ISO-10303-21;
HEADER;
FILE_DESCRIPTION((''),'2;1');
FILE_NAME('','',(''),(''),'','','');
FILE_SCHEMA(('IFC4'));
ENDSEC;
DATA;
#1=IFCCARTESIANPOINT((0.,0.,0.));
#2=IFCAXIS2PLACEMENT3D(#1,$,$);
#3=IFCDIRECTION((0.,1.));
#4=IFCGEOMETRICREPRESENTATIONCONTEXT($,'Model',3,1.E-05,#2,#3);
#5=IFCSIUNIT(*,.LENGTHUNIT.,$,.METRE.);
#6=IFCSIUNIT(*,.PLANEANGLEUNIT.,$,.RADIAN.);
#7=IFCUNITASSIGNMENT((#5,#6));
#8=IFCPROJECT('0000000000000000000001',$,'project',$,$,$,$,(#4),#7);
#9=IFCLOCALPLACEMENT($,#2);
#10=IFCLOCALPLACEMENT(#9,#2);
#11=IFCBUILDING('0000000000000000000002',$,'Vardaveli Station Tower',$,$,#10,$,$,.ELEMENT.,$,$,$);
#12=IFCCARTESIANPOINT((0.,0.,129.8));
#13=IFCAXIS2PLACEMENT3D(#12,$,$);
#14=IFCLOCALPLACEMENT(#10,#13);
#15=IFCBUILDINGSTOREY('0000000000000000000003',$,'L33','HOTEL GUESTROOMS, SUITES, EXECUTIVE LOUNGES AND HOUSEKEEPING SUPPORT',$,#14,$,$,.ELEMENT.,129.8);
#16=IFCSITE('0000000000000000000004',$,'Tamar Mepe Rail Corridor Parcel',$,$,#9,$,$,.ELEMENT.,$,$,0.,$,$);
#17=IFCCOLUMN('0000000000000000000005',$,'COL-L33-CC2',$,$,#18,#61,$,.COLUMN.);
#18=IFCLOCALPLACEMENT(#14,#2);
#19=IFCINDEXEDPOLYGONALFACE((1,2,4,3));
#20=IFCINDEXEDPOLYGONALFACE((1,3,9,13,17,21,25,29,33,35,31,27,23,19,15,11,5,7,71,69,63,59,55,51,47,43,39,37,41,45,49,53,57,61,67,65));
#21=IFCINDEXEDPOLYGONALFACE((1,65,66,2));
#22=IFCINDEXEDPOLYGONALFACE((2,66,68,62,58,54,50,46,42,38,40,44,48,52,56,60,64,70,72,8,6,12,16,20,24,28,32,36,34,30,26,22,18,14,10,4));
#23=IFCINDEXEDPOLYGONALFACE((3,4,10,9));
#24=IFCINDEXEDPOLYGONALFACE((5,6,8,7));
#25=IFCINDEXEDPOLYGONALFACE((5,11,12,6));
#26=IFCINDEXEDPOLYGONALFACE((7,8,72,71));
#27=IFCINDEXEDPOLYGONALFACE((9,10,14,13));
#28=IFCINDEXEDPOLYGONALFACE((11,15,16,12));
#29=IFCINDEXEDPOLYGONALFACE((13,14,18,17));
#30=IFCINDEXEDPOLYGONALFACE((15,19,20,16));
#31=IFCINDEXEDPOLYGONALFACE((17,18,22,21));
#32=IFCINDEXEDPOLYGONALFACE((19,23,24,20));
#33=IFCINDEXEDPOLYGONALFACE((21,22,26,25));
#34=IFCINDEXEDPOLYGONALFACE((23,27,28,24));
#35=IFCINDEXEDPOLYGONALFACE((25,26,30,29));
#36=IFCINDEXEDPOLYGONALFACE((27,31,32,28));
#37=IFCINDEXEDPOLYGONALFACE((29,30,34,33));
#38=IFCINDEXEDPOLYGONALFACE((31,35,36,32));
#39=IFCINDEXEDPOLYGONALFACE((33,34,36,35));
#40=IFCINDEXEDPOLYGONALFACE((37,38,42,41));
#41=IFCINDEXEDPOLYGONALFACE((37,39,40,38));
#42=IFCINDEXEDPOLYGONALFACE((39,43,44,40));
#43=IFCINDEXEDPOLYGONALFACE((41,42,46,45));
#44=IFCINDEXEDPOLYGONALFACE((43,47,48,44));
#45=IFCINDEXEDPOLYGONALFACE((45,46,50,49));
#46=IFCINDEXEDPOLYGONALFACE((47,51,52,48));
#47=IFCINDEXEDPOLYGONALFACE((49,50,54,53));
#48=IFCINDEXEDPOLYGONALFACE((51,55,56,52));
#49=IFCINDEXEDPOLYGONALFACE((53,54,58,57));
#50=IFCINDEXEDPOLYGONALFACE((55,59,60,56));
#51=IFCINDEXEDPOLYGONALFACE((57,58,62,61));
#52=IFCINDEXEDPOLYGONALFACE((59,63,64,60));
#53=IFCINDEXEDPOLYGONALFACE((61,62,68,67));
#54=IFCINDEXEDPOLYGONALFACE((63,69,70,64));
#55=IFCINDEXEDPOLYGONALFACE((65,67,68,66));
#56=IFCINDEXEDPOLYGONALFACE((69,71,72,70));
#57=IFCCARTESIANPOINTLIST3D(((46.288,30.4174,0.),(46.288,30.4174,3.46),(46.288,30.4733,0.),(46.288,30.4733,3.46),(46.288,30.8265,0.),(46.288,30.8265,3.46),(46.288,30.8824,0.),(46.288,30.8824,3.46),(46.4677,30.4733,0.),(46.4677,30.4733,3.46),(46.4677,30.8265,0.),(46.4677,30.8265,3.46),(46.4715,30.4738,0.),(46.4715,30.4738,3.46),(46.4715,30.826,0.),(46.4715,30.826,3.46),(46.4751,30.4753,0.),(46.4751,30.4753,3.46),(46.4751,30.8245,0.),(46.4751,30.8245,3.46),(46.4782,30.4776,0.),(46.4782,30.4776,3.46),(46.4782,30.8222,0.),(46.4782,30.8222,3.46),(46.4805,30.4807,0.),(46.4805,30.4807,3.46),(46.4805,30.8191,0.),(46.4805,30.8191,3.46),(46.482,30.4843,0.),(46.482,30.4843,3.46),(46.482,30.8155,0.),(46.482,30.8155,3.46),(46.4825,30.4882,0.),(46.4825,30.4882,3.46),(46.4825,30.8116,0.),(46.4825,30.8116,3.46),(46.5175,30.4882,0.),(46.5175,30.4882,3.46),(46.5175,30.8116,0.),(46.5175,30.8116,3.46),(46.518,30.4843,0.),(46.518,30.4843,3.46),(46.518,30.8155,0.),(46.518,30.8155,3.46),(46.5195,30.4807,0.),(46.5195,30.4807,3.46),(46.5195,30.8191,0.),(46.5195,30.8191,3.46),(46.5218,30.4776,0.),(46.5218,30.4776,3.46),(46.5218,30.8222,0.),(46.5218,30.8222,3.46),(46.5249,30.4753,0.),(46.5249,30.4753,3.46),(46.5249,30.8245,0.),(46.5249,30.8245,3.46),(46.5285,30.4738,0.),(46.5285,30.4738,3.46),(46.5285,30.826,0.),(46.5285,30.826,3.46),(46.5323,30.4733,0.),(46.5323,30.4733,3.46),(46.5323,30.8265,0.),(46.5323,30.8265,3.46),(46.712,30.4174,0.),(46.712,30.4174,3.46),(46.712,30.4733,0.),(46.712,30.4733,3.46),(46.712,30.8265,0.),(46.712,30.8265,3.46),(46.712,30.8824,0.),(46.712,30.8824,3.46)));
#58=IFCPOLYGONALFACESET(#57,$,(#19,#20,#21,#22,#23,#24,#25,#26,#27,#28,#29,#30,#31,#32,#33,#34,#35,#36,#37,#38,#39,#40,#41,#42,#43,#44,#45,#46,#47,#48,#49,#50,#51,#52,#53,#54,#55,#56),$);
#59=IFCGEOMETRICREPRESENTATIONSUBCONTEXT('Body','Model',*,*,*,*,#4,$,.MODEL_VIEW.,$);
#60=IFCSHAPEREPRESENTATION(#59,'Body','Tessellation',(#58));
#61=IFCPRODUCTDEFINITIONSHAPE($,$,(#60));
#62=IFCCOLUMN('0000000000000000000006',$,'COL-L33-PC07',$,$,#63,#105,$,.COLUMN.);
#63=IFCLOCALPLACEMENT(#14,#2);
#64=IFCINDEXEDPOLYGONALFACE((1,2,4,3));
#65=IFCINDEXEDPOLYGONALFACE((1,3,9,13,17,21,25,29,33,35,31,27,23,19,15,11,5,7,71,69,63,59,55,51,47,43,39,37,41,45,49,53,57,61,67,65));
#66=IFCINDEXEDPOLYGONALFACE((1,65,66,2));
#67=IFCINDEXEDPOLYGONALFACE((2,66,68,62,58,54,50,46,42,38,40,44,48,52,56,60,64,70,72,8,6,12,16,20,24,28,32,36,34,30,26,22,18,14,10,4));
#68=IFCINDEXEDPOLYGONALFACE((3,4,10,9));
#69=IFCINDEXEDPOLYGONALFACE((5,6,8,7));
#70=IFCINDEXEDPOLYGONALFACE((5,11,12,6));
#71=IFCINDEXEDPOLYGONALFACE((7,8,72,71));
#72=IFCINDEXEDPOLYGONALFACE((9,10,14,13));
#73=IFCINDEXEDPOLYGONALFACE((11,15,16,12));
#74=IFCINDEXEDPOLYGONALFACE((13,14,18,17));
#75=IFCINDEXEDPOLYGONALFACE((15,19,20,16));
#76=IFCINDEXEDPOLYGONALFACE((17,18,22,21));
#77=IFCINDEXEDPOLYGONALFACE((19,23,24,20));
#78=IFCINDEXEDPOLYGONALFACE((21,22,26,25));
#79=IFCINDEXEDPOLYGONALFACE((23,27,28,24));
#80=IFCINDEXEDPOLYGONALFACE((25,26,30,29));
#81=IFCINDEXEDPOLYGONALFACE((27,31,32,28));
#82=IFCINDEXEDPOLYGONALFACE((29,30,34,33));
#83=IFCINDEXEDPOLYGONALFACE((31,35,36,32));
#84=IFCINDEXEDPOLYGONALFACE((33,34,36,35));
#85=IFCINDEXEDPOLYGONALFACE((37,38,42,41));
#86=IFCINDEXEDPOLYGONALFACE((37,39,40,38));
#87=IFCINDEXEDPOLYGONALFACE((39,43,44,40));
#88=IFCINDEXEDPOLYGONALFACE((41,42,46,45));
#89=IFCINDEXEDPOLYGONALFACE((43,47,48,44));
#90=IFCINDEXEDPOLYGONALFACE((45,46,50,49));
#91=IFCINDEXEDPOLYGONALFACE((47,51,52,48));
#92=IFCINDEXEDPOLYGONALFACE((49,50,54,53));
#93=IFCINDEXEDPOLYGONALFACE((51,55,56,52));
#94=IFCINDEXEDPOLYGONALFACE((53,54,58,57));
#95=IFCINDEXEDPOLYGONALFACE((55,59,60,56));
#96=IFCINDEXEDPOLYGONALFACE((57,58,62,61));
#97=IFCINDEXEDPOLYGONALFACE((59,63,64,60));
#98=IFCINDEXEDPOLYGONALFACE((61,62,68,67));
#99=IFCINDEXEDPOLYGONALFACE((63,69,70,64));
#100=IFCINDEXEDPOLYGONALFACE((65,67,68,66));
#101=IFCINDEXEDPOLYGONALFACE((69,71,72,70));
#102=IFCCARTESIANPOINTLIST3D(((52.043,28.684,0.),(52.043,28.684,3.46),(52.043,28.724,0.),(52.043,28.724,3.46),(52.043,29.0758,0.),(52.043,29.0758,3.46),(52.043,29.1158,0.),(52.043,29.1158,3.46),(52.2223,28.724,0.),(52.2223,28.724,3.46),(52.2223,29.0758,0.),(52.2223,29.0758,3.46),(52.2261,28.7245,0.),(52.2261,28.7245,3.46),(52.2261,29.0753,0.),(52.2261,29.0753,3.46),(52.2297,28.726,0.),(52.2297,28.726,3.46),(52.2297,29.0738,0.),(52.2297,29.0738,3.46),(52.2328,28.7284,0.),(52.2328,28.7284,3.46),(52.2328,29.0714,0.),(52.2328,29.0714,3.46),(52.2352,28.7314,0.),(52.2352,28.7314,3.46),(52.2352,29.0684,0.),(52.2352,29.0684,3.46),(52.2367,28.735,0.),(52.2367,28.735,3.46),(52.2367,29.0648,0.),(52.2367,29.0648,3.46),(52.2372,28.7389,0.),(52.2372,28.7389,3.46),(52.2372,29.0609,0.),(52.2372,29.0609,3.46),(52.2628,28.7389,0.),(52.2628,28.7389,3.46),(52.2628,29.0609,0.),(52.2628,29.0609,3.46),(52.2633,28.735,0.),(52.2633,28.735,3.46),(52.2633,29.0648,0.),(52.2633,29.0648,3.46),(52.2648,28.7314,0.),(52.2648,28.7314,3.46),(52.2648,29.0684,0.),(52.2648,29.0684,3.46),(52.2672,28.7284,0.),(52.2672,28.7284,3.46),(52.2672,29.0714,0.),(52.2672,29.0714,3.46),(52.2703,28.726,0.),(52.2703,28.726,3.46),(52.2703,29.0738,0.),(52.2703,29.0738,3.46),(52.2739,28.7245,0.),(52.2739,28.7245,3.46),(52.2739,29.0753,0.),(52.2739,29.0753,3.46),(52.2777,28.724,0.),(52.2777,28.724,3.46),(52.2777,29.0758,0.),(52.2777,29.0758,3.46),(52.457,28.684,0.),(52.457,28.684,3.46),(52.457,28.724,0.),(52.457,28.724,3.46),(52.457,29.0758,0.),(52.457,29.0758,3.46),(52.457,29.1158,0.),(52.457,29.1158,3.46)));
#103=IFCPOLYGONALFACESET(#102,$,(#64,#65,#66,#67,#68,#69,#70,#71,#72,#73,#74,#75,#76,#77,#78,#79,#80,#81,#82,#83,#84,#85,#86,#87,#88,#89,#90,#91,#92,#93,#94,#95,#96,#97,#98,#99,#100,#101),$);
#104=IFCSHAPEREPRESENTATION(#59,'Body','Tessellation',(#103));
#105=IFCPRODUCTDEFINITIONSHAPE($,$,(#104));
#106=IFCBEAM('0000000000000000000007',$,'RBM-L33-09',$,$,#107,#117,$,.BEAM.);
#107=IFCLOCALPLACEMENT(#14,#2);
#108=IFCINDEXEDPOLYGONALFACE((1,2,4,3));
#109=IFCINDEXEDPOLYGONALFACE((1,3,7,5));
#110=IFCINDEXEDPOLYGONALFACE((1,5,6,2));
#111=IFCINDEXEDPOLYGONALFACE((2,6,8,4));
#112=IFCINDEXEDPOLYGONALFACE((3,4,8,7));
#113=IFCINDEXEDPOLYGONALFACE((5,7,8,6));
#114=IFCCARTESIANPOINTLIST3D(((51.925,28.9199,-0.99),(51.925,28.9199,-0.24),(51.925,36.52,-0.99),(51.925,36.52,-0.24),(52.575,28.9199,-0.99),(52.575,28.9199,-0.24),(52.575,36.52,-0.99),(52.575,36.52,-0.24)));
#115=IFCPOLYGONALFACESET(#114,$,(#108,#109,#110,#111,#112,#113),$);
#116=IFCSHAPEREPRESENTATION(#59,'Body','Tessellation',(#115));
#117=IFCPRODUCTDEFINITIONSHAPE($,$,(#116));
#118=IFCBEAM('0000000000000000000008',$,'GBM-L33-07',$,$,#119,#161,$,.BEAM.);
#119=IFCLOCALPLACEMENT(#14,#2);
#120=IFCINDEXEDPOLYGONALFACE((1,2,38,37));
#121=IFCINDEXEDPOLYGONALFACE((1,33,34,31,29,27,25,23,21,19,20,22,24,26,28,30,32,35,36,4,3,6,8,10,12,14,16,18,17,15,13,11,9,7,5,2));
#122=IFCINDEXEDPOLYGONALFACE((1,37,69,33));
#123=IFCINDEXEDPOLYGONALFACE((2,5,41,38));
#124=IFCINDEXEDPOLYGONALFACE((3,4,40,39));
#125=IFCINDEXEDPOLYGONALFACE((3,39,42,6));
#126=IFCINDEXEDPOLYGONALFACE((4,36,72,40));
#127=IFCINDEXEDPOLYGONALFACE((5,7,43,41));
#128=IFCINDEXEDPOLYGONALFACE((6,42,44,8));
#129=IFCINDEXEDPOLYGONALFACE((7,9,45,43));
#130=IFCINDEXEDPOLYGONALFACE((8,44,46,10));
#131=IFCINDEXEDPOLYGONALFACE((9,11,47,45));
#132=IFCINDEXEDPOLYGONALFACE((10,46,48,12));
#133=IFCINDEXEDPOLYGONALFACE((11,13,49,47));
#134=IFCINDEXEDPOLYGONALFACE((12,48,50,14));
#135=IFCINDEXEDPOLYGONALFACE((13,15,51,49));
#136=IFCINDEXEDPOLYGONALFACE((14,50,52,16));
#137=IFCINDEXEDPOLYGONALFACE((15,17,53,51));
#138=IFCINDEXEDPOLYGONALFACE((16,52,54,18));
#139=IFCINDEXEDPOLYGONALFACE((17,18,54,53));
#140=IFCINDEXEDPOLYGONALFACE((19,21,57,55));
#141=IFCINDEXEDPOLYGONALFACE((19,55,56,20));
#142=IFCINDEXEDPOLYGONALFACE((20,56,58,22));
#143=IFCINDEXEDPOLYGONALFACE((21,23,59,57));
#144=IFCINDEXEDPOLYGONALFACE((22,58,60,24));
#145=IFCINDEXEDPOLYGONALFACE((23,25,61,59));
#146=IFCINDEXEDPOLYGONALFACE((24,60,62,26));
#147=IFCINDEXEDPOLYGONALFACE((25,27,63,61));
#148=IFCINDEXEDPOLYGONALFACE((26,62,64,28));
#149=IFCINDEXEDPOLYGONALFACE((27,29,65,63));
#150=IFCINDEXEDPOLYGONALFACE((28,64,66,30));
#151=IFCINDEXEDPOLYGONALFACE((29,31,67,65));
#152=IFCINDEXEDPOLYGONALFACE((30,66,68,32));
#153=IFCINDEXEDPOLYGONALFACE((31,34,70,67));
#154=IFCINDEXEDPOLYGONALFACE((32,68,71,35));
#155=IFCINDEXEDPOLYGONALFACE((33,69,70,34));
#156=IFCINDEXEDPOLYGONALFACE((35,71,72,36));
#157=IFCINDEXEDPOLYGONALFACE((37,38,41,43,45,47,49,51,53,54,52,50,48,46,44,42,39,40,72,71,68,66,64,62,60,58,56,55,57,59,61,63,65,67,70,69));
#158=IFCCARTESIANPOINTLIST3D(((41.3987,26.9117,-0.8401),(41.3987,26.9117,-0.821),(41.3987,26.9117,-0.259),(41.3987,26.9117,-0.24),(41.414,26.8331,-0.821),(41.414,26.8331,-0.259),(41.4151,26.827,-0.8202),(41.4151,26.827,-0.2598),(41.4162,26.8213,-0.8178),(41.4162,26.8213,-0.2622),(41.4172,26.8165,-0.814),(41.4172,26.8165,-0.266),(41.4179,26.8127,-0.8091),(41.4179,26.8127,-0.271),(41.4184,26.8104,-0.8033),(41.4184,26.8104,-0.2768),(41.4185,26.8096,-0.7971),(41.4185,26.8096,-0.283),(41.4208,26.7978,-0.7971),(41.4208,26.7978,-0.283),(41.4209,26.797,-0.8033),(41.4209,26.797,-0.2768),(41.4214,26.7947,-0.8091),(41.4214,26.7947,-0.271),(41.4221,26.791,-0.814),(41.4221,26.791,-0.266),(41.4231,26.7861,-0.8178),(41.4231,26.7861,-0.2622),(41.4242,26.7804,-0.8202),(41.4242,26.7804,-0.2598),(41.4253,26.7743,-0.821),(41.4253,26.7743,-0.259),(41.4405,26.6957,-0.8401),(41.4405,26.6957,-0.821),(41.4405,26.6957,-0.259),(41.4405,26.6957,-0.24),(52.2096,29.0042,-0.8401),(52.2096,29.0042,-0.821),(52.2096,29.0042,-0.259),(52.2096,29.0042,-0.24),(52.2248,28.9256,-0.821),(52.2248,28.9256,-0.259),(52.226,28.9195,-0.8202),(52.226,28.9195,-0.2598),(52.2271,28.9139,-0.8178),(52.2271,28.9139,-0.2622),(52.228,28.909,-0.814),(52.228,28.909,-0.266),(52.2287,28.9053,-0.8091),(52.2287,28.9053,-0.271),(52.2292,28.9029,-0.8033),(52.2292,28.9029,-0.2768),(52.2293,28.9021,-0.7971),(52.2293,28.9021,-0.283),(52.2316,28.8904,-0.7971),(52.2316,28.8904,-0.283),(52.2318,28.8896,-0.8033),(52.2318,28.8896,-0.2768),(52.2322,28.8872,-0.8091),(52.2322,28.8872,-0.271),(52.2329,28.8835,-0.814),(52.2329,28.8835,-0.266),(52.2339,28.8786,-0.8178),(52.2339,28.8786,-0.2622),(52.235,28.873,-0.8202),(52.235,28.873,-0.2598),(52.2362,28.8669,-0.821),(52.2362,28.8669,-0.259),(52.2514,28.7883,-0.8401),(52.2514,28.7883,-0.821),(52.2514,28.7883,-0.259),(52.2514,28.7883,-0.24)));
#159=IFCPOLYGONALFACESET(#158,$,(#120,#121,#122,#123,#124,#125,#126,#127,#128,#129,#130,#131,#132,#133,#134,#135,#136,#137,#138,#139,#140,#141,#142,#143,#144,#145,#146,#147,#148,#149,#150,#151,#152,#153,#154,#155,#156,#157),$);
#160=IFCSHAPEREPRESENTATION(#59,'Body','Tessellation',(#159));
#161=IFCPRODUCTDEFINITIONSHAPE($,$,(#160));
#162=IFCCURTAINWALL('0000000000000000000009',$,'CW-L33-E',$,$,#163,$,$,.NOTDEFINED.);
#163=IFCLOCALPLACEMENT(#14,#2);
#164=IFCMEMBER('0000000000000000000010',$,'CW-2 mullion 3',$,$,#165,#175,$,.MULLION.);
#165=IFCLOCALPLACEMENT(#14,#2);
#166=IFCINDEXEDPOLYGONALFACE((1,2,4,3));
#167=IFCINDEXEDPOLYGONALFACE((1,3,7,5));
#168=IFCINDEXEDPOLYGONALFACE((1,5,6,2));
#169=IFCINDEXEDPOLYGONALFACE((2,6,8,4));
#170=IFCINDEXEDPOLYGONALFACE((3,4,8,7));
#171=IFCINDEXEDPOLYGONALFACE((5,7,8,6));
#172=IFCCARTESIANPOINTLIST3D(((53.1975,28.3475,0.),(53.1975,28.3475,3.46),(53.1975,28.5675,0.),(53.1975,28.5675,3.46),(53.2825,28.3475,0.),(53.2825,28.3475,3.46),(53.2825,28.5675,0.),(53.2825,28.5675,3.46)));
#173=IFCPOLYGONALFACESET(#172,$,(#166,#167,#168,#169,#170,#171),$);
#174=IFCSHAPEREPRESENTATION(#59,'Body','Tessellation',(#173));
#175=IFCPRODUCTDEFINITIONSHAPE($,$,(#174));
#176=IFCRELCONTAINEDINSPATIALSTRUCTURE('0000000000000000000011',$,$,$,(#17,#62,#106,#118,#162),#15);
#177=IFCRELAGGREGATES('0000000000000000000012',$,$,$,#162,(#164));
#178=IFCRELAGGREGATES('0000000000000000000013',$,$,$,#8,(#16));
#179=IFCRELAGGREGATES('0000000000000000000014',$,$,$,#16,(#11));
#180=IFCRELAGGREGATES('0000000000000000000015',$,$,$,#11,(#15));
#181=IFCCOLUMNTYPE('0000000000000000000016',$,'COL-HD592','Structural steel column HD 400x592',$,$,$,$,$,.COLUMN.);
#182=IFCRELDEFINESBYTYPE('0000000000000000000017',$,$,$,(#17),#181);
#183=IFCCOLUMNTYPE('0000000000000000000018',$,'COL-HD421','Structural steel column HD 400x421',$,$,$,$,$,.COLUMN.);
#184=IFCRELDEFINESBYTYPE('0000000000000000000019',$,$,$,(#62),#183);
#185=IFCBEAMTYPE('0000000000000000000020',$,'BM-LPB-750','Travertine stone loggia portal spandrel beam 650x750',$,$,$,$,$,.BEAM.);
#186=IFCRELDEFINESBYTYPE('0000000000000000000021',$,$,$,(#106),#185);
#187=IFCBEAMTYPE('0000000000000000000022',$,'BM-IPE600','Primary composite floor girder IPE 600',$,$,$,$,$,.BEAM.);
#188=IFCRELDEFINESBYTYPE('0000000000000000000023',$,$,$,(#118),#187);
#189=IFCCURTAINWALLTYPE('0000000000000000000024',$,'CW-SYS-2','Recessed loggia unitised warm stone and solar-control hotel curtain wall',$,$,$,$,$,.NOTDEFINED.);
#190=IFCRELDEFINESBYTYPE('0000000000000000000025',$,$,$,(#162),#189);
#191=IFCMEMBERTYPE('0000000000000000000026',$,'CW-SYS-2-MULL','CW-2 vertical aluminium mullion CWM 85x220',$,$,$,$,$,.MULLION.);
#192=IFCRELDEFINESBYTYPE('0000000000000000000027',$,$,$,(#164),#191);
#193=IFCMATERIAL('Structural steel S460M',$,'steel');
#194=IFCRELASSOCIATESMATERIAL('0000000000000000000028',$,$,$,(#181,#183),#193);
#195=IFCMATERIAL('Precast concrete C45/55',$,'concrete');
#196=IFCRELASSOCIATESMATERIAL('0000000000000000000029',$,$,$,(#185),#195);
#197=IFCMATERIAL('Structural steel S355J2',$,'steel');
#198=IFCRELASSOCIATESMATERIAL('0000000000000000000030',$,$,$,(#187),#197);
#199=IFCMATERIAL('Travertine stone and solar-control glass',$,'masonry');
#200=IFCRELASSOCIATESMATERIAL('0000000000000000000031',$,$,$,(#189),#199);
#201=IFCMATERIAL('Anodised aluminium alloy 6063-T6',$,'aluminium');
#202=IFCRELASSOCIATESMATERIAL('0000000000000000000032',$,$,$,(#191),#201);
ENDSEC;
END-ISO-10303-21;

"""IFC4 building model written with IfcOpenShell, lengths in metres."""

from ifc_helpers import new_model, si_unit, direction, frame, origin, origin_2d, place, context, subcontext, project, spatial, rectangle, i_section, extrude, source, transform, mapped, material, material_profile, profile_set, type_object, element, aggregate, save


model = new_model("IFC4")

# Units and contexts
model_context = context("Model", 3, precision=1e-05, world=origin(), true_north=direction((0.0, 1.0)))
body_context = subcontext(model_context, "Body", "Model", "MODEL_VIEW")
ifc_project = project(units=[si_unit("LENGTHUNIT", "METRE"), si_unit("PLANEANGLEUNIT", "RADIAN")], contexts=[model_context])

# Site, building, storey
site_placement = place(None, origin())
site = spatial("IfcSite", under=ifc_project, at=site_placement, Name="Tamar Mepe Rail Corridor Parcel", CompositionType="ELEMENT", RefElevation=0.0)
building_placement = place(site_placement, origin())
building = spatial("IfcBuilding", under=site, at=building_placement, Name="Vardaveli Station Tower", CompositionType="ELEMENT")
storey_placement = place(building_placement, frame((0.0, 0.0, 129.8)))
storey = spatial("IfcBuildingStorey", under=building, at=storey_placement, Name="L33", Description="HOTEL GUESTROOMS, SUITES, EXECUTIVE LOUNGES AND HOUSEKEEPING SUPPORT", CompositionType="ELEMENT", Elevation=129.8)

# Columns
ifc_material_1 = material(Name="Structural steel S460M", Category="steel")
ifc_material_profile_1 = material_profile(ifc_material_1, i_section(OverallWidth=0.4241, OverallDepth=0.4651, WebThickness=0.0349, FlangeThickness=0.0559, FilletRadius=0.0149, at=origin_2d()), Name="HD 400x592")
ifc_profile_set_1 = profile_set([ifc_material_profile_1], Name="Structural steel S460M")
column_type_1 = type_object("IfcColumnType", Name="COL-HD592", Description="Structural steel column HD 400x592", PredefinedType="COLUMN", material=ifc_profile_set_1)
shared_shape_1 = source(origin(), body_context, "Body", "SweptSolid", [
    extrude(i_section(OverallWidth=0.4241, OverallDepth=0.4651, WebThickness=0.0349, FlangeThickness=0.0559, FilletRadius=0.0149, at=origin_2d()), origin(), (0.0, 0.0, 1.0), 3.46),
])
column_1_placement = place(storey_placement, frame((46.5, 30.6499, 0.0), z_axis=(0.0, 0.0, 1.0), x_axis=(1.0, 0.0, 0.0)))
element("IfcColumn", 1, at=column_1_placement, inside=storey, type_object=column_type_1, Name="COL-L33-CC2", PredefinedType="COLUMN", context=body_context, shape_type="MappedRepresentation", body=[
    mapped(shared_shape_1, transform((0.0, 0.0, 0.0), scale=1.0)),
])
ifc_material_profile_2 = material_profile(ifc_material_1, i_section(OverallWidth=0.4141, OverallDepth=0.4319, WebThickness=0.0256, FlangeThickness=0.04, FilletRadius=0.0149, at=origin_2d()), Name="HD 400x421")
ifc_profile_set_2 = profile_set([ifc_material_profile_2], Name="Structural steel S460M")
column_type_2 = type_object("IfcColumnType", Name="COL-HD421", Description="Structural steel column HD 400x421", PredefinedType="COLUMN", material=ifc_profile_set_2)
shared_shape_2 = source(origin(), body_context, "Body", "SweptSolid", [
    extrude(i_section(OverallWidth=0.4141, OverallDepth=0.4319, WebThickness=0.0256, FlangeThickness=0.04, FilletRadius=0.0149, at=origin_2d()), origin(), (0.0, 0.0, 1.0), 3.46),
])
column_2_placement = place(storey_placement, frame((52.25, 28.8999, 0.0), z_axis=(0.0, 0.0, 1.0), x_axis=(1.0, 0.0, 0.0)))
element("IfcColumn", 2, at=column_2_placement, inside=storey, type_object=column_type_2, Name="COL-L33-PC07", PredefinedType="COLUMN", context=body_context, shape_type="MappedRepresentation", body=[
    mapped(shared_shape_2, transform((0.0, 0.0, 0.0), scale=1.0)),
])

# Beams
ifc_material_2 = material(Name="Precast concrete C45/55", Category="concrete")
ifc_material_profile_3 = material_profile(ifc_material_2, rectangle(XDim=0.6499, YDim=0.75, at=origin_2d()), Name="LPB 650x750")
ifc_profile_set_3 = profile_set([ifc_material_profile_3], Name="Precast concrete C45/55")
beam_type_1 = type_object("IfcBeamType", Name="BM-LPB-750", Description="Travertine stone loggia portal spandrel beam 650x750", PredefinedType="BEAM", material=ifc_profile_set_3)
shared_shape_3 = source(origin(), body_context, "Body", "SweptSolid", [
    extrude(rectangle(XDim=0.6499, YDim=0.75, at=origin_2d()), origin(), (0.0, 0.0, 1.0), 7.6001),
])
beam_1_placement = place(storey_placement, frame((52.25, 28.9199, -0.615), z_axis=(0.0, 1.0, 0.0), x_axis=(-1.0, 0.0, 0.0)))
element("IfcBeam", 3, at=beam_1_placement, inside=storey, type_object=beam_type_1, Name="RBM-L33-09", PredefinedType="BEAM", context=body_context, shape_type="MappedRepresentation", body=[
    mapped(shared_shape_3, transform((0.0, 0.0, 0.0), scale=1.0)),
])
ifc_material_3 = material(Name="Structural steel S355J2", Category="steel")
ifc_material_profile_4 = material_profile(ifc_material_3, i_section(OverallWidth=0.22, OverallDepth=0.6001, WebThickness=0.012, FlangeThickness=0.019, FilletRadius=0.0239, at=origin_2d()), Name="IPE 600")
ifc_profile_set_4 = profile_set([ifc_material_profile_4], Name="Structural steel S355J2")
beam_type_2 = type_object("IfcBeamType", Name="BM-IPE600", Description="Primary composite floor girder IPE 600", PredefinedType="BEAM", material=ifc_profile_set_4)
shared_shape_4 = source(origin(), body_context, "Body", "SweptSolid", [
    extrude(i_section(OverallWidth=0.22, OverallDepth=0.6001, WebThickness=0.012, FlangeThickness=0.019, FilletRadius=0.0239, at=origin_2d()), origin(), (0.0, 0.0, 1.0), 11.0115),
])
beam_2_placement = place(storey_placement, frame((52.2305, 28.8962, -0.54), z_axis=(-0.981778, -0.190032, 0.0), x_axis=(0.190032, -0.981778, 0.0)))
element("IfcBeam", 4, at=beam_2_placement, inside=storey, type_object=beam_type_2, Name="GBM-L33-07", PredefinedType="BEAM", context=body_context, shape_type="MappedRepresentation", body=[
    mapped(shared_shape_4, transform((0.0, 0.0, 0.0), scale=1.0)),
])

# Curtain wall, member
ifc_material_4 = material(Name="Travertine stone and solar-control glass", Category="masonry")
curtain_wall_type = type_object("IfcCurtainWallType", Name="CW-SYS-2", Description="Recessed loggia unitised warm stone and solar-control hotel curtain wall", PredefinedType="NOTDEFINED", material=ifc_material_4)
curtain_wall_placement = place(storey_placement, origin())
curtain_wall = element("IfcCurtainWall", 5, at=curtain_wall_placement, inside=storey, type_object=curtain_wall_type, Name="CW-L33-E", PredefinedType="NOTDEFINED")
ifc_material_5 = material(Name="Anodised aluminium alloy 6063-T6", Category="aluminium")
ifc_material_profile_5 = material_profile(ifc_material_5, rectangle(XDim=0.085, YDim=0.22, at=origin_2d()), Name="CWM 85x220")
ifc_profile_set_5 = profile_set([ifc_material_profile_5], Name="Anodised aluminium alloy 6063-T6")
member_type = type_object("IfcMemberType", Name="CW-SYS-2-MULL", Description="CW-2 vertical aluminium mullion CWM 85x220", PredefinedType="MULLION", material=ifc_profile_set_5)
shared_shape_5 = source(origin(), body_context, "Body", "SweptSolid", [
    extrude(rectangle(XDim=0.085, YDim=0.22, at=origin_2d()), origin(), (0.0, 0.0, 1.0), 3.46),
])
member_placement = place(storey_placement, frame((53.24, 28.4575, 0.0), z_axis=(0.0, 0.0, 1.0), x_axis=(-1.0, 0.0, 0.0)))
member = element("IfcMember", 6, at=member_placement, type_object=member_type, Name="CW-2 mullion 3", PredefinedType="MULLION", context=body_context, shape_type="MappedRepresentation", body=[
    mapped(shared_shape_5, transform((0.0, 0.0, 0.0), scale=1.0)),
])
aggregate(curtain_wall, [member])

save(model, "model.ifc")
